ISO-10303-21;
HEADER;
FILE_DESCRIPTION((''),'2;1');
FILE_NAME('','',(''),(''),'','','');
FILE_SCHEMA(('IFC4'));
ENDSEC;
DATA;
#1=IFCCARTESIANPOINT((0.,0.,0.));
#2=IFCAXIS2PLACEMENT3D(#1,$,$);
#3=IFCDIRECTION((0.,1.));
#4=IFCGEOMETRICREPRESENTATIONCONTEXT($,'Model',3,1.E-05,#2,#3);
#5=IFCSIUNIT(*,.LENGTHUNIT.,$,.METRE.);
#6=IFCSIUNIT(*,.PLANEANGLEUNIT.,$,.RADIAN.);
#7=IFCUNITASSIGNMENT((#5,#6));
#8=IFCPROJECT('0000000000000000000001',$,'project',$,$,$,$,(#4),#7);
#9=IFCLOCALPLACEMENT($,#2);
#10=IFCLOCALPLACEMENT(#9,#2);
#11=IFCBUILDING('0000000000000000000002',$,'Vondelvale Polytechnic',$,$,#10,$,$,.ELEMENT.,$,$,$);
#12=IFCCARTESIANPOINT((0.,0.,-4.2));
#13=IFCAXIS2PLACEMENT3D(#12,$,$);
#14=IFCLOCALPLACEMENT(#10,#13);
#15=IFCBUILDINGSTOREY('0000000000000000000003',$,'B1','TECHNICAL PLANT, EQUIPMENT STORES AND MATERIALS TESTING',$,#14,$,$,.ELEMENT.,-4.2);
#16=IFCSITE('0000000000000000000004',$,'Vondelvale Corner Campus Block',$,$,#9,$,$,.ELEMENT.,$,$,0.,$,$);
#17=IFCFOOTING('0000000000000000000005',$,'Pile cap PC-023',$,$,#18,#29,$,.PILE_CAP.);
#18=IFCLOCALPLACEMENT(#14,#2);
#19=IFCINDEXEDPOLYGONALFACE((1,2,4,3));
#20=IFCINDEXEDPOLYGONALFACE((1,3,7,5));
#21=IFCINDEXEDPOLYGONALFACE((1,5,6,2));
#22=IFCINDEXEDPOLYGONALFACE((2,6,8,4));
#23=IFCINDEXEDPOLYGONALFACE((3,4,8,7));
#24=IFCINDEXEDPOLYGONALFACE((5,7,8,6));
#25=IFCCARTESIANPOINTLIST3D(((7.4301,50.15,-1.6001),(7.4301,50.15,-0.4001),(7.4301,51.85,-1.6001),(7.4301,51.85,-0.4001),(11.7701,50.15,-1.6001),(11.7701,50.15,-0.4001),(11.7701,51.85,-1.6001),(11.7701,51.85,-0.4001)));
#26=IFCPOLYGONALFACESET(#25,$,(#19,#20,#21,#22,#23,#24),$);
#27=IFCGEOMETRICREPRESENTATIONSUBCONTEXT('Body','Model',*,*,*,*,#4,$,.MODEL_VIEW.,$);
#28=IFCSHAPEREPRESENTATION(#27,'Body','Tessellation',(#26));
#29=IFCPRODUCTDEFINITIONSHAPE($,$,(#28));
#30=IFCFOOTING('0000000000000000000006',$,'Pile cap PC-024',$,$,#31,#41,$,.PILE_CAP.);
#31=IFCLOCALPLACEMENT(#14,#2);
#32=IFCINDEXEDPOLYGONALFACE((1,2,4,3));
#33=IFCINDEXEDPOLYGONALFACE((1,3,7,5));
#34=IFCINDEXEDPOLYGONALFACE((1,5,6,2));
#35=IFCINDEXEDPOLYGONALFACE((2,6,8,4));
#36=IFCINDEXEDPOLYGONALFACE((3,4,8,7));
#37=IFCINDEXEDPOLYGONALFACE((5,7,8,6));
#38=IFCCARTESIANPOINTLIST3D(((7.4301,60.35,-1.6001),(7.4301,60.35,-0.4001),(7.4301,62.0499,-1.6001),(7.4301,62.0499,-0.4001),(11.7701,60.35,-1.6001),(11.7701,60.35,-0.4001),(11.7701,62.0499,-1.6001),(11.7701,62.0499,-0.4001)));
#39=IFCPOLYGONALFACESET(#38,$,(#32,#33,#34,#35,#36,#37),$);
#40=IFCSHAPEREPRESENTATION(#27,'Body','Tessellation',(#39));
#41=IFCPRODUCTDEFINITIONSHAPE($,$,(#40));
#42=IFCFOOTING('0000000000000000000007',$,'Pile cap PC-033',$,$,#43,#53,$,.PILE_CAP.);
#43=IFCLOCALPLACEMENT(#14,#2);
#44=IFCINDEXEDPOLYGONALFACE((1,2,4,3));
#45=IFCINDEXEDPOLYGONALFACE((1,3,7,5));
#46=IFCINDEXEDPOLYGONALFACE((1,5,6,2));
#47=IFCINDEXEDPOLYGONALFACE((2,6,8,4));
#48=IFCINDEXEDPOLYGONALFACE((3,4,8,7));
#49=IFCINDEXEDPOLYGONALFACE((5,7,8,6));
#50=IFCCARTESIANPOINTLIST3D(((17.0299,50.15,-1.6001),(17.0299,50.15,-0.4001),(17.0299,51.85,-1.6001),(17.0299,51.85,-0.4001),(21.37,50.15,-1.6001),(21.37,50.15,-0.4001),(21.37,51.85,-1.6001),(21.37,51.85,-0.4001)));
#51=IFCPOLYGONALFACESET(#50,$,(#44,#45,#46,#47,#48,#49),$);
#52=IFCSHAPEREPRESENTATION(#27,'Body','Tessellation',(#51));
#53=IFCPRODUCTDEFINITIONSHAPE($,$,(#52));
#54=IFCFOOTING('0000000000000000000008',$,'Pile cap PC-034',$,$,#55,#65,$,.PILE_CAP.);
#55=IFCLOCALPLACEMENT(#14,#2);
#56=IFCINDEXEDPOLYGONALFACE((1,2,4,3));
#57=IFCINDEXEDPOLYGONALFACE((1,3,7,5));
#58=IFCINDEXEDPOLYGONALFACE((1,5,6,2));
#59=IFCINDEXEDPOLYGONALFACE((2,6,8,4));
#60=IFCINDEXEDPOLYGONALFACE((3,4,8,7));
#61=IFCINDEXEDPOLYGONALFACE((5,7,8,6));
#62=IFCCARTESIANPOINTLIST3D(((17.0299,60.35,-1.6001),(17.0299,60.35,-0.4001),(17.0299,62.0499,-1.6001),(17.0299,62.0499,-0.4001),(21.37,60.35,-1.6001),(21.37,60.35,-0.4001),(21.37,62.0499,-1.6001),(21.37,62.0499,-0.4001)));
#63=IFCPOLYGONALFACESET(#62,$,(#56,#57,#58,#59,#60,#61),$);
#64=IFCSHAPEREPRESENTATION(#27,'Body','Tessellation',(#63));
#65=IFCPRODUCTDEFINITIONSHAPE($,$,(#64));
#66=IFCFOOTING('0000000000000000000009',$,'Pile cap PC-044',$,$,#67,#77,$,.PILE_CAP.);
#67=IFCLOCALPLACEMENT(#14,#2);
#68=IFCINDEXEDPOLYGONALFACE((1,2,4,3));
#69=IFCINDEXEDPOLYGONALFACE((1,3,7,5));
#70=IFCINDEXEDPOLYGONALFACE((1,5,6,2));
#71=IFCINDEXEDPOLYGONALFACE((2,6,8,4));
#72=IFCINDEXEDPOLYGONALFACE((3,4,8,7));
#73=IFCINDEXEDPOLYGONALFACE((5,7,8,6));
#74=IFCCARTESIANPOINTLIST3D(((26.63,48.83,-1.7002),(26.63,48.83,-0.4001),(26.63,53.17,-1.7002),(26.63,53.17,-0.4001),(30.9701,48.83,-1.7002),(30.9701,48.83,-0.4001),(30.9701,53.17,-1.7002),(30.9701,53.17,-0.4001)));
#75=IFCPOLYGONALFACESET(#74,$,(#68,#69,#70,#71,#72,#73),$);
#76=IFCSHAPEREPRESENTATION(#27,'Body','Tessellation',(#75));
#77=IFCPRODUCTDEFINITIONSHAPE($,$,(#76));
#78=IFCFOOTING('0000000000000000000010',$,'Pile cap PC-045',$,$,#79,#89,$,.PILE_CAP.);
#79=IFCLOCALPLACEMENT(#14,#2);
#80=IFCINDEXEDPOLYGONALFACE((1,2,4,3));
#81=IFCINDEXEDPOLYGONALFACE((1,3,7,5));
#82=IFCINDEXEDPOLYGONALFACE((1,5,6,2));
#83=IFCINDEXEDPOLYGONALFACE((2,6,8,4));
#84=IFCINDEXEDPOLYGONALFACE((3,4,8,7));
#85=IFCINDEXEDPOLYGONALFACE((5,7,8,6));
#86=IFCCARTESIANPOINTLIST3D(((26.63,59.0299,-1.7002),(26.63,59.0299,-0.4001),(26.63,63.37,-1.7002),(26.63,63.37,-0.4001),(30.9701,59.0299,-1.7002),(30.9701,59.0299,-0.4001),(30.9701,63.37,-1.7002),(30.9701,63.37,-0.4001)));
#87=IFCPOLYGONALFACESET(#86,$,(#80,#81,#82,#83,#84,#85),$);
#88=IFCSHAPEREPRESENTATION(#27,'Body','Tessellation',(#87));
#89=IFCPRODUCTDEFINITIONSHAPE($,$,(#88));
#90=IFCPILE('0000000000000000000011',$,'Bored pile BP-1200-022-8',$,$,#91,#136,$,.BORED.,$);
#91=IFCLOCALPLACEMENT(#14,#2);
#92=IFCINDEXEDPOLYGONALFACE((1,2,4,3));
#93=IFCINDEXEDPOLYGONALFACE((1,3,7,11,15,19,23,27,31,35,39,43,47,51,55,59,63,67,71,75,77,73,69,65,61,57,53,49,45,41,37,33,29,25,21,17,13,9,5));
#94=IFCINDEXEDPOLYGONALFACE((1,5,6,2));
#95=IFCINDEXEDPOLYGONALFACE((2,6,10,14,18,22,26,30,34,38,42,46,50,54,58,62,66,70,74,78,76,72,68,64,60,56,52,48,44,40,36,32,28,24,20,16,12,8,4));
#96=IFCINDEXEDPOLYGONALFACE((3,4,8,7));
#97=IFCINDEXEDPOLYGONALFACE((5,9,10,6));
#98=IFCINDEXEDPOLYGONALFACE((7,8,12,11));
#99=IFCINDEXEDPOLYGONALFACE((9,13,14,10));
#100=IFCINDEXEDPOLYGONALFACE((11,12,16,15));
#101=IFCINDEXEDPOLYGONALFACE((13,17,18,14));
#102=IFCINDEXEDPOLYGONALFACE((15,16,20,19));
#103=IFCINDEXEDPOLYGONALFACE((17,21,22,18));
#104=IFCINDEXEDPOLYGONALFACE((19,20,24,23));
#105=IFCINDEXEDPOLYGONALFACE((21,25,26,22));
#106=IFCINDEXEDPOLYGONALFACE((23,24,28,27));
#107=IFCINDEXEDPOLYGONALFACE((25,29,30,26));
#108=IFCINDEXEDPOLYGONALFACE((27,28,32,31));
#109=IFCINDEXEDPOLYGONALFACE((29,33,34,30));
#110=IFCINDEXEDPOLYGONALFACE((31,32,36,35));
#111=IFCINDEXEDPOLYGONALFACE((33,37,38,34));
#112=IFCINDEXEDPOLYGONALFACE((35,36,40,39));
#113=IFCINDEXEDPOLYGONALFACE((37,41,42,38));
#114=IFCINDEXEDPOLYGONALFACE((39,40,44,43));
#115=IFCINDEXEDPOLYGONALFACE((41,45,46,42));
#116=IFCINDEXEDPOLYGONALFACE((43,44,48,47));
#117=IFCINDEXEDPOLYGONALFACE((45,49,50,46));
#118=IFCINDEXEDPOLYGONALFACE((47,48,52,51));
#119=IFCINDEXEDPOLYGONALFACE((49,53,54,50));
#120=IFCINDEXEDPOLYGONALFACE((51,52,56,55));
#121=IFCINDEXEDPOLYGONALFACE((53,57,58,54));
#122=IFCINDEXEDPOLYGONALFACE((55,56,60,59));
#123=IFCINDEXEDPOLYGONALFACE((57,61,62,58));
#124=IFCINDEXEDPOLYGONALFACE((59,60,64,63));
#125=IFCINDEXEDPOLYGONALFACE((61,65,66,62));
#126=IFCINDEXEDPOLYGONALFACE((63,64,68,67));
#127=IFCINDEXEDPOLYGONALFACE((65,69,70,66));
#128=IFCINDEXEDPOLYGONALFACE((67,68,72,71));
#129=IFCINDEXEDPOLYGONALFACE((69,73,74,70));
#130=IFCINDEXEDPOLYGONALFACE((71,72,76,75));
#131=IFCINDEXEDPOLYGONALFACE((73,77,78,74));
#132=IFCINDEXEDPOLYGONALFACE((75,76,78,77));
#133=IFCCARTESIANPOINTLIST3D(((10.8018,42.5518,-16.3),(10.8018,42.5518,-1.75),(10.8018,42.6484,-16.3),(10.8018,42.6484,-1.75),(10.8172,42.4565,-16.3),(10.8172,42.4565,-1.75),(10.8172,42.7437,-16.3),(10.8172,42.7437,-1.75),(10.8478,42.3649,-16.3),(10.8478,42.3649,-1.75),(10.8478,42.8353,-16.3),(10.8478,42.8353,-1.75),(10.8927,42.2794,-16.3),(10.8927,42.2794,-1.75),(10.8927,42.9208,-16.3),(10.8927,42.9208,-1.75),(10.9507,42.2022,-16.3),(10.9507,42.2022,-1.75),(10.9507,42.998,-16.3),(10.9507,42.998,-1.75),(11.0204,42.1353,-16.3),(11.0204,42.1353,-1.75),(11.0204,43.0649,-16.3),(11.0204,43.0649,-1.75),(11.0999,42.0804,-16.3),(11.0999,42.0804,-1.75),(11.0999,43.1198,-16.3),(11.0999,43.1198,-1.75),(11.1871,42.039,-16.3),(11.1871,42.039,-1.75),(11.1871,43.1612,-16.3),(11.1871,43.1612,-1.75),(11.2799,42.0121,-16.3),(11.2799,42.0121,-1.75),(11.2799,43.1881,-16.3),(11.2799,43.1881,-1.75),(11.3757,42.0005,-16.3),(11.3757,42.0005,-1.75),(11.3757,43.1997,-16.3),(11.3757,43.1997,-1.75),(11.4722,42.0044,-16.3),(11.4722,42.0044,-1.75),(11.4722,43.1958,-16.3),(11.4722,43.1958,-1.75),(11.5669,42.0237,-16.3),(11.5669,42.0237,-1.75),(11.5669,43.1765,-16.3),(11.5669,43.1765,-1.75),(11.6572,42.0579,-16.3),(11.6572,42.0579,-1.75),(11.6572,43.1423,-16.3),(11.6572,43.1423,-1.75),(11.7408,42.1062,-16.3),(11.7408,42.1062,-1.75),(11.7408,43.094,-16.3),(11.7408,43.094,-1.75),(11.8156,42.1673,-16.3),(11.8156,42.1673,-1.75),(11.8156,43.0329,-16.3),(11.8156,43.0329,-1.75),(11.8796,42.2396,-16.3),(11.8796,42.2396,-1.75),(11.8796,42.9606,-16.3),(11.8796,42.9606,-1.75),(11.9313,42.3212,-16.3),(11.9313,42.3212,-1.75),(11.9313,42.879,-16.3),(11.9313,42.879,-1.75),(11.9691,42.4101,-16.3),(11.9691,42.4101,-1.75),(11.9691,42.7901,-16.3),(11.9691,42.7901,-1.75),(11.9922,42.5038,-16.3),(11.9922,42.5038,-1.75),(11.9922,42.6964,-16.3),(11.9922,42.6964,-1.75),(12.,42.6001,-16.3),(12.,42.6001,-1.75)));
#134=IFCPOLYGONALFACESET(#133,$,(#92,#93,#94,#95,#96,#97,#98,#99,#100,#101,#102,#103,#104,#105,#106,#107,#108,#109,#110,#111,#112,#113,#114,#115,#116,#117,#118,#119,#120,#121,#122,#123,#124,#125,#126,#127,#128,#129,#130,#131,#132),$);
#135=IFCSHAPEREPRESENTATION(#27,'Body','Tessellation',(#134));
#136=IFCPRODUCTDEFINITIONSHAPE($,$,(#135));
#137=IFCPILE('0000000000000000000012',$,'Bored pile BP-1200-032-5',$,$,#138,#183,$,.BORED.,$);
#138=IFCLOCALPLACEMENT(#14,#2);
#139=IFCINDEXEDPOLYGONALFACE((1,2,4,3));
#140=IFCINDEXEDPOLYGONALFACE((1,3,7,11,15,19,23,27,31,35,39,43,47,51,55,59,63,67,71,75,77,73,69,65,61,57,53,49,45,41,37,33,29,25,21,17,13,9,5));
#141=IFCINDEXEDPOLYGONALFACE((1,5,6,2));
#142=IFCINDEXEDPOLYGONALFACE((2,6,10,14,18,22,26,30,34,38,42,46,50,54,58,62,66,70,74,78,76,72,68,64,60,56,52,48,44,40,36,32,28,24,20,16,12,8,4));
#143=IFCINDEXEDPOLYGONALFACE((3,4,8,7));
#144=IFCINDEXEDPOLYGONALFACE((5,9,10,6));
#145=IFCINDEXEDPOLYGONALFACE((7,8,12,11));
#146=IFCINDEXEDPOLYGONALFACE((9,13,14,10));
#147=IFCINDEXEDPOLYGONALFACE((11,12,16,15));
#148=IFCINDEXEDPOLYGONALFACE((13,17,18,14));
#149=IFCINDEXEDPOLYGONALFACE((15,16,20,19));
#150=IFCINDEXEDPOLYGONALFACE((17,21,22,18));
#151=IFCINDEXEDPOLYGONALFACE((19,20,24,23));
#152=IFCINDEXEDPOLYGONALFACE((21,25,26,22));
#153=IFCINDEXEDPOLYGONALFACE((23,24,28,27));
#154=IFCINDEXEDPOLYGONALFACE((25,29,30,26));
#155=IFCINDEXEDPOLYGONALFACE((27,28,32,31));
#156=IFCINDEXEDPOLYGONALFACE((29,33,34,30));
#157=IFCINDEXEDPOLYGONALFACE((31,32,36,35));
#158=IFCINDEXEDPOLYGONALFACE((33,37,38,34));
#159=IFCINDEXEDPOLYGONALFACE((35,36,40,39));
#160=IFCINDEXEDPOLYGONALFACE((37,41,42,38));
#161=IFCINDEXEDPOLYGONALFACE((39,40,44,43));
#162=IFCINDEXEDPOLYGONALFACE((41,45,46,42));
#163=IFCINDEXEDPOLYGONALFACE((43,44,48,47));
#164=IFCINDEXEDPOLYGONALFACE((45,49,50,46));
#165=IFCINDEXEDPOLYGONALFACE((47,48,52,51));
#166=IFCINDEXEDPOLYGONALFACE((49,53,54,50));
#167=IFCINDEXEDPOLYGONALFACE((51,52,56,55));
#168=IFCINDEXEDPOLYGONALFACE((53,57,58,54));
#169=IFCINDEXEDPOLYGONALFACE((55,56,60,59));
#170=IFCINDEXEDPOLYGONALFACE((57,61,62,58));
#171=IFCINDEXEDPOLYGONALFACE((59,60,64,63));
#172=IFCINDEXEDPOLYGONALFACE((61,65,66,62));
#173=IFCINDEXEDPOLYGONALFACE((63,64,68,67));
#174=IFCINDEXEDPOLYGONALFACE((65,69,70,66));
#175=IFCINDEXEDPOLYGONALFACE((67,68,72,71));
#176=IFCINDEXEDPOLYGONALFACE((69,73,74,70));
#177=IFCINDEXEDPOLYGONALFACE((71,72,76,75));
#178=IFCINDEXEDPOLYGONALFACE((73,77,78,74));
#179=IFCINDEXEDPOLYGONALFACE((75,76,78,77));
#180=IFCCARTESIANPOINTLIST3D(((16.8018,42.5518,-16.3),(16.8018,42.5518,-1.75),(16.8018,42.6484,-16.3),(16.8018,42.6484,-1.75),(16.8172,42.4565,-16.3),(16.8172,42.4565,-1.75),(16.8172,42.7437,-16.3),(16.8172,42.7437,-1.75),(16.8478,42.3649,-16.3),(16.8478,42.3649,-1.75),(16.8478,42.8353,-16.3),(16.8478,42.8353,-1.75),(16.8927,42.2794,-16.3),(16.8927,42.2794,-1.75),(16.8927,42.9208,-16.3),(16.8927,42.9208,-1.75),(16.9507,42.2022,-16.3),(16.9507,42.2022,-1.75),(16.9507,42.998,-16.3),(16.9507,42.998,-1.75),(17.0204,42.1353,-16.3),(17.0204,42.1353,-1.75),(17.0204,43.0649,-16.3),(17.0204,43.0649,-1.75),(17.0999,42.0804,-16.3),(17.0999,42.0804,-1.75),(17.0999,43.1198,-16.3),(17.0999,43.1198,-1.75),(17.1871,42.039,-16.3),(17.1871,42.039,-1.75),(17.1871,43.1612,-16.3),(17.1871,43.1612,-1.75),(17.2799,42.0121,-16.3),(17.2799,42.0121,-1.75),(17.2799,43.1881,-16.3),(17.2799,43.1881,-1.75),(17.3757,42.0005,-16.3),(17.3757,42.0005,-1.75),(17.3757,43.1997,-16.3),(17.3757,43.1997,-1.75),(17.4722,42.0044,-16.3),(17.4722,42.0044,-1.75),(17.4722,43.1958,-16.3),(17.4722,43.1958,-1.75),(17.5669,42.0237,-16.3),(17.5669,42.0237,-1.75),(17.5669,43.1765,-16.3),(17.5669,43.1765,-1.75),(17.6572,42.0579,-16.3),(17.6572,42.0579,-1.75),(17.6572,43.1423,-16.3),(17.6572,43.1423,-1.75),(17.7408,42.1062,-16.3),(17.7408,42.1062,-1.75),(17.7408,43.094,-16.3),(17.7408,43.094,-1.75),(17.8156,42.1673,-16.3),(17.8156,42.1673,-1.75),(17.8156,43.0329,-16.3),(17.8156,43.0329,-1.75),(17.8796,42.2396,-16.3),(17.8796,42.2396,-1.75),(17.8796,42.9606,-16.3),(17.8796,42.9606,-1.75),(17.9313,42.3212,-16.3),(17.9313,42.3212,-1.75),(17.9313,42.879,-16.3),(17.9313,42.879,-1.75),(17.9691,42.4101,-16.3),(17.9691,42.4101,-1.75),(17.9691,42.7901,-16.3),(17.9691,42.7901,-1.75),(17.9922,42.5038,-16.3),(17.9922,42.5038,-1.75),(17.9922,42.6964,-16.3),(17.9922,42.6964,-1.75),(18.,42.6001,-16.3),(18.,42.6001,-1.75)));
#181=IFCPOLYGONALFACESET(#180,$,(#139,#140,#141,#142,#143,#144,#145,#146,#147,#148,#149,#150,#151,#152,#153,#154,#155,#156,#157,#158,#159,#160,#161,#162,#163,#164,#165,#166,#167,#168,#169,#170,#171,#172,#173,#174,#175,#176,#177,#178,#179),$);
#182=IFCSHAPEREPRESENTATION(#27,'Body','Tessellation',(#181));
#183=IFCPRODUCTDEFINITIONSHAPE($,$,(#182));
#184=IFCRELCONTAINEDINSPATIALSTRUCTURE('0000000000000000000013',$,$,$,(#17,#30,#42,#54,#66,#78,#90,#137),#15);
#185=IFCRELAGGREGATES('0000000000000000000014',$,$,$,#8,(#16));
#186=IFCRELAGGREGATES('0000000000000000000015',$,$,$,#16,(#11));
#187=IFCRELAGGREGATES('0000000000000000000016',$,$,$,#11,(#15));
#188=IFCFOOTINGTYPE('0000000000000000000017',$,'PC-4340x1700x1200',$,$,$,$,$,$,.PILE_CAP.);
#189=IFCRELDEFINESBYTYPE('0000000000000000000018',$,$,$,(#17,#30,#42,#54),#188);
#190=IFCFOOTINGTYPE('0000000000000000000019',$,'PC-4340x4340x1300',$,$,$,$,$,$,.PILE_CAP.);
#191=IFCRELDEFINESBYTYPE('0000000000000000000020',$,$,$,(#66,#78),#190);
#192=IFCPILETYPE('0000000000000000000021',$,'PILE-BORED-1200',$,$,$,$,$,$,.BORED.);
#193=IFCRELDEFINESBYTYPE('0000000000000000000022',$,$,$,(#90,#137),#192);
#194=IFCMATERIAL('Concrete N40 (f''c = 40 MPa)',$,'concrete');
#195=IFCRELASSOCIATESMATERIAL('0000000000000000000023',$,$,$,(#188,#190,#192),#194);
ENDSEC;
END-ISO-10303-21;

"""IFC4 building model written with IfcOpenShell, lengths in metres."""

from ifc_helpers import new_model, si_unit, direction, frame, origin, origin_2d, place, context, subcontext, project, spatial, rectangle, circle, extrude, material, material_profile, profile_set, type_object, element, save


model = new_model("IFC4")

# Units and contexts
model_context = context("Model", 3, precision=1e-05, world=origin(), true_north=direction((0.0, 1.0)))
body_context = subcontext(model_context, "Body", "Model", "MODEL_VIEW")
ifc_project = project(units=[si_unit("LENGTHUNIT", "METRE"), si_unit("PLANEANGLEUNIT", "RADIAN")], contexts=[model_context])

# Site, building, storey
site_placement = place(None, origin())
site = spatial("IfcSite", under=ifc_project, at=site_placement, Name="Vondelvale Corner Campus Block", CompositionType="ELEMENT", RefElevation=0.0)
building_placement = place(site_placement, origin())
building = spatial("IfcBuilding", under=site, at=building_placement, Name="Vondelvale Polytechnic", CompositionType="ELEMENT")
storey_placement = place(building_placement, frame((0.0, 0.0, -4.2)))
storey = spatial("IfcBuildingStorey", under=building, at=storey_placement, Name="B1", Description="TECHNICAL PLANT, EQUIPMENT STORES AND MATERIALS TESTING", CompositionType="ELEMENT", Elevation=-4.2)

# Footings
ifc_material_1 = material(Name="Concrete N40 (f'c = 40 MPa)", Category="concrete")
footing_type_1 = type_object("IfcFootingType", Name="PC-4340x1700x1200", PredefinedType="PILE_CAP", material=ifc_material_1)
for number, where, z_axis, x_axis, name in (
    (1, (9.6001, 51.0, -1.6001), (0.0, 0.0, 1.0), (1.0, 0.0, 0.0), "Pile cap PC-023"),
    (2, (9.6001, 61.2, -1.6001), (0.0, 0.0, 1.0), (1.0, 0.0, 0.0), "Pile cap PC-024"),
    (3, (19.2, 51.0, -1.6001), (0.0, 0.0, 1.0), (1.0, 0.0, 0.0), "Pile cap PC-033"),
    (4, (19.2, 61.2, -1.6001), (0.0, 0.0, 1.0), (1.0, 0.0, 0.0), "Pile cap PC-034"),
):
    element("IfcFooting", number, at=place(storey_placement, frame(where, z_axis=z_axis, x_axis=x_axis)), inside=storey, type_object=footing_type_1, Name=name, PredefinedType="PILE_CAP", context=body_context, shape_type="SweptSolid", body=[
        extrude(rectangle(XDim=4.3401, YDim=1.7, at=origin_2d()), origin(), (0.0, 0.0, 1.0), 1.2),
    ])
footing_type_2 = type_object("IfcFootingType", Name="PC-4340x4340x1300", PredefinedType="PILE_CAP", material=ifc_material_1)
for number, where, z_axis, x_axis, name in (
    (5, (28.8, 51.0, -1.7002), (0.0, 0.0, 1.0), (1.0, 0.0, 0.0), "Pile cap PC-044"),
    (6, (28.8, 61.2, -1.7002), (0.0, 0.0, 1.0), (1.0, 0.0, 0.0), "Pile cap PC-045"),
):
    element("IfcFooting", number, at=place(storey_placement, frame(where, z_axis=z_axis, x_axis=x_axis)), inside=storey, type_object=footing_type_2, Name=name, PredefinedType="PILE_CAP", context=body_context, shape_type="SweptSolid", body=[
        extrude(rectangle(XDim=4.3401, YDim=4.3401, at=origin_2d()), origin(), (0.0, 0.0, 1.0), 1.3),
    ])

# Piles
ifc_material_profile_1 = material_profile(ifc_material_1, circle(Radius=0.6001, at=origin_2d()), Name="PILE-D1200")
ifc_profile_set_1 = profile_set([ifc_material_profile_1], Name="Concrete N40 (f'c = 40 MPa)")
pile_type_1 = type_object("IfcPileType", Name="PILE-BORED-1200", PredefinedType="BORED", material=ifc_profile_set_1)
for number, where, z_axis, x_axis, name in (
    (7, (11.3999, 42.6001, -1.75), (0.0, 0.0, -1.0), (1.0, 0.0, 0.0), "Bored pile BP-1200-022-8"),
    (8, (17.3999, 42.6001, -1.75), (0.0, 0.0, -1.0), (1.0, 0.0, 0.0), "Bored pile BP-1200-032-5"),
):
    element("IfcPile", number, at=place(storey_placement, frame(where, z_axis=z_axis, x_axis=x_axis)), inside=storey, type_object=pile_type_1, Name=name, PredefinedType="BORED", context=body_context, shape_type="SweptSolid", body=[
        extrude(circle(Radius=0.6001, at=origin_2d()), origin(), (0.0, 0.0, 1.0), 14.55),
    ])

save(model, "model.ifc")
